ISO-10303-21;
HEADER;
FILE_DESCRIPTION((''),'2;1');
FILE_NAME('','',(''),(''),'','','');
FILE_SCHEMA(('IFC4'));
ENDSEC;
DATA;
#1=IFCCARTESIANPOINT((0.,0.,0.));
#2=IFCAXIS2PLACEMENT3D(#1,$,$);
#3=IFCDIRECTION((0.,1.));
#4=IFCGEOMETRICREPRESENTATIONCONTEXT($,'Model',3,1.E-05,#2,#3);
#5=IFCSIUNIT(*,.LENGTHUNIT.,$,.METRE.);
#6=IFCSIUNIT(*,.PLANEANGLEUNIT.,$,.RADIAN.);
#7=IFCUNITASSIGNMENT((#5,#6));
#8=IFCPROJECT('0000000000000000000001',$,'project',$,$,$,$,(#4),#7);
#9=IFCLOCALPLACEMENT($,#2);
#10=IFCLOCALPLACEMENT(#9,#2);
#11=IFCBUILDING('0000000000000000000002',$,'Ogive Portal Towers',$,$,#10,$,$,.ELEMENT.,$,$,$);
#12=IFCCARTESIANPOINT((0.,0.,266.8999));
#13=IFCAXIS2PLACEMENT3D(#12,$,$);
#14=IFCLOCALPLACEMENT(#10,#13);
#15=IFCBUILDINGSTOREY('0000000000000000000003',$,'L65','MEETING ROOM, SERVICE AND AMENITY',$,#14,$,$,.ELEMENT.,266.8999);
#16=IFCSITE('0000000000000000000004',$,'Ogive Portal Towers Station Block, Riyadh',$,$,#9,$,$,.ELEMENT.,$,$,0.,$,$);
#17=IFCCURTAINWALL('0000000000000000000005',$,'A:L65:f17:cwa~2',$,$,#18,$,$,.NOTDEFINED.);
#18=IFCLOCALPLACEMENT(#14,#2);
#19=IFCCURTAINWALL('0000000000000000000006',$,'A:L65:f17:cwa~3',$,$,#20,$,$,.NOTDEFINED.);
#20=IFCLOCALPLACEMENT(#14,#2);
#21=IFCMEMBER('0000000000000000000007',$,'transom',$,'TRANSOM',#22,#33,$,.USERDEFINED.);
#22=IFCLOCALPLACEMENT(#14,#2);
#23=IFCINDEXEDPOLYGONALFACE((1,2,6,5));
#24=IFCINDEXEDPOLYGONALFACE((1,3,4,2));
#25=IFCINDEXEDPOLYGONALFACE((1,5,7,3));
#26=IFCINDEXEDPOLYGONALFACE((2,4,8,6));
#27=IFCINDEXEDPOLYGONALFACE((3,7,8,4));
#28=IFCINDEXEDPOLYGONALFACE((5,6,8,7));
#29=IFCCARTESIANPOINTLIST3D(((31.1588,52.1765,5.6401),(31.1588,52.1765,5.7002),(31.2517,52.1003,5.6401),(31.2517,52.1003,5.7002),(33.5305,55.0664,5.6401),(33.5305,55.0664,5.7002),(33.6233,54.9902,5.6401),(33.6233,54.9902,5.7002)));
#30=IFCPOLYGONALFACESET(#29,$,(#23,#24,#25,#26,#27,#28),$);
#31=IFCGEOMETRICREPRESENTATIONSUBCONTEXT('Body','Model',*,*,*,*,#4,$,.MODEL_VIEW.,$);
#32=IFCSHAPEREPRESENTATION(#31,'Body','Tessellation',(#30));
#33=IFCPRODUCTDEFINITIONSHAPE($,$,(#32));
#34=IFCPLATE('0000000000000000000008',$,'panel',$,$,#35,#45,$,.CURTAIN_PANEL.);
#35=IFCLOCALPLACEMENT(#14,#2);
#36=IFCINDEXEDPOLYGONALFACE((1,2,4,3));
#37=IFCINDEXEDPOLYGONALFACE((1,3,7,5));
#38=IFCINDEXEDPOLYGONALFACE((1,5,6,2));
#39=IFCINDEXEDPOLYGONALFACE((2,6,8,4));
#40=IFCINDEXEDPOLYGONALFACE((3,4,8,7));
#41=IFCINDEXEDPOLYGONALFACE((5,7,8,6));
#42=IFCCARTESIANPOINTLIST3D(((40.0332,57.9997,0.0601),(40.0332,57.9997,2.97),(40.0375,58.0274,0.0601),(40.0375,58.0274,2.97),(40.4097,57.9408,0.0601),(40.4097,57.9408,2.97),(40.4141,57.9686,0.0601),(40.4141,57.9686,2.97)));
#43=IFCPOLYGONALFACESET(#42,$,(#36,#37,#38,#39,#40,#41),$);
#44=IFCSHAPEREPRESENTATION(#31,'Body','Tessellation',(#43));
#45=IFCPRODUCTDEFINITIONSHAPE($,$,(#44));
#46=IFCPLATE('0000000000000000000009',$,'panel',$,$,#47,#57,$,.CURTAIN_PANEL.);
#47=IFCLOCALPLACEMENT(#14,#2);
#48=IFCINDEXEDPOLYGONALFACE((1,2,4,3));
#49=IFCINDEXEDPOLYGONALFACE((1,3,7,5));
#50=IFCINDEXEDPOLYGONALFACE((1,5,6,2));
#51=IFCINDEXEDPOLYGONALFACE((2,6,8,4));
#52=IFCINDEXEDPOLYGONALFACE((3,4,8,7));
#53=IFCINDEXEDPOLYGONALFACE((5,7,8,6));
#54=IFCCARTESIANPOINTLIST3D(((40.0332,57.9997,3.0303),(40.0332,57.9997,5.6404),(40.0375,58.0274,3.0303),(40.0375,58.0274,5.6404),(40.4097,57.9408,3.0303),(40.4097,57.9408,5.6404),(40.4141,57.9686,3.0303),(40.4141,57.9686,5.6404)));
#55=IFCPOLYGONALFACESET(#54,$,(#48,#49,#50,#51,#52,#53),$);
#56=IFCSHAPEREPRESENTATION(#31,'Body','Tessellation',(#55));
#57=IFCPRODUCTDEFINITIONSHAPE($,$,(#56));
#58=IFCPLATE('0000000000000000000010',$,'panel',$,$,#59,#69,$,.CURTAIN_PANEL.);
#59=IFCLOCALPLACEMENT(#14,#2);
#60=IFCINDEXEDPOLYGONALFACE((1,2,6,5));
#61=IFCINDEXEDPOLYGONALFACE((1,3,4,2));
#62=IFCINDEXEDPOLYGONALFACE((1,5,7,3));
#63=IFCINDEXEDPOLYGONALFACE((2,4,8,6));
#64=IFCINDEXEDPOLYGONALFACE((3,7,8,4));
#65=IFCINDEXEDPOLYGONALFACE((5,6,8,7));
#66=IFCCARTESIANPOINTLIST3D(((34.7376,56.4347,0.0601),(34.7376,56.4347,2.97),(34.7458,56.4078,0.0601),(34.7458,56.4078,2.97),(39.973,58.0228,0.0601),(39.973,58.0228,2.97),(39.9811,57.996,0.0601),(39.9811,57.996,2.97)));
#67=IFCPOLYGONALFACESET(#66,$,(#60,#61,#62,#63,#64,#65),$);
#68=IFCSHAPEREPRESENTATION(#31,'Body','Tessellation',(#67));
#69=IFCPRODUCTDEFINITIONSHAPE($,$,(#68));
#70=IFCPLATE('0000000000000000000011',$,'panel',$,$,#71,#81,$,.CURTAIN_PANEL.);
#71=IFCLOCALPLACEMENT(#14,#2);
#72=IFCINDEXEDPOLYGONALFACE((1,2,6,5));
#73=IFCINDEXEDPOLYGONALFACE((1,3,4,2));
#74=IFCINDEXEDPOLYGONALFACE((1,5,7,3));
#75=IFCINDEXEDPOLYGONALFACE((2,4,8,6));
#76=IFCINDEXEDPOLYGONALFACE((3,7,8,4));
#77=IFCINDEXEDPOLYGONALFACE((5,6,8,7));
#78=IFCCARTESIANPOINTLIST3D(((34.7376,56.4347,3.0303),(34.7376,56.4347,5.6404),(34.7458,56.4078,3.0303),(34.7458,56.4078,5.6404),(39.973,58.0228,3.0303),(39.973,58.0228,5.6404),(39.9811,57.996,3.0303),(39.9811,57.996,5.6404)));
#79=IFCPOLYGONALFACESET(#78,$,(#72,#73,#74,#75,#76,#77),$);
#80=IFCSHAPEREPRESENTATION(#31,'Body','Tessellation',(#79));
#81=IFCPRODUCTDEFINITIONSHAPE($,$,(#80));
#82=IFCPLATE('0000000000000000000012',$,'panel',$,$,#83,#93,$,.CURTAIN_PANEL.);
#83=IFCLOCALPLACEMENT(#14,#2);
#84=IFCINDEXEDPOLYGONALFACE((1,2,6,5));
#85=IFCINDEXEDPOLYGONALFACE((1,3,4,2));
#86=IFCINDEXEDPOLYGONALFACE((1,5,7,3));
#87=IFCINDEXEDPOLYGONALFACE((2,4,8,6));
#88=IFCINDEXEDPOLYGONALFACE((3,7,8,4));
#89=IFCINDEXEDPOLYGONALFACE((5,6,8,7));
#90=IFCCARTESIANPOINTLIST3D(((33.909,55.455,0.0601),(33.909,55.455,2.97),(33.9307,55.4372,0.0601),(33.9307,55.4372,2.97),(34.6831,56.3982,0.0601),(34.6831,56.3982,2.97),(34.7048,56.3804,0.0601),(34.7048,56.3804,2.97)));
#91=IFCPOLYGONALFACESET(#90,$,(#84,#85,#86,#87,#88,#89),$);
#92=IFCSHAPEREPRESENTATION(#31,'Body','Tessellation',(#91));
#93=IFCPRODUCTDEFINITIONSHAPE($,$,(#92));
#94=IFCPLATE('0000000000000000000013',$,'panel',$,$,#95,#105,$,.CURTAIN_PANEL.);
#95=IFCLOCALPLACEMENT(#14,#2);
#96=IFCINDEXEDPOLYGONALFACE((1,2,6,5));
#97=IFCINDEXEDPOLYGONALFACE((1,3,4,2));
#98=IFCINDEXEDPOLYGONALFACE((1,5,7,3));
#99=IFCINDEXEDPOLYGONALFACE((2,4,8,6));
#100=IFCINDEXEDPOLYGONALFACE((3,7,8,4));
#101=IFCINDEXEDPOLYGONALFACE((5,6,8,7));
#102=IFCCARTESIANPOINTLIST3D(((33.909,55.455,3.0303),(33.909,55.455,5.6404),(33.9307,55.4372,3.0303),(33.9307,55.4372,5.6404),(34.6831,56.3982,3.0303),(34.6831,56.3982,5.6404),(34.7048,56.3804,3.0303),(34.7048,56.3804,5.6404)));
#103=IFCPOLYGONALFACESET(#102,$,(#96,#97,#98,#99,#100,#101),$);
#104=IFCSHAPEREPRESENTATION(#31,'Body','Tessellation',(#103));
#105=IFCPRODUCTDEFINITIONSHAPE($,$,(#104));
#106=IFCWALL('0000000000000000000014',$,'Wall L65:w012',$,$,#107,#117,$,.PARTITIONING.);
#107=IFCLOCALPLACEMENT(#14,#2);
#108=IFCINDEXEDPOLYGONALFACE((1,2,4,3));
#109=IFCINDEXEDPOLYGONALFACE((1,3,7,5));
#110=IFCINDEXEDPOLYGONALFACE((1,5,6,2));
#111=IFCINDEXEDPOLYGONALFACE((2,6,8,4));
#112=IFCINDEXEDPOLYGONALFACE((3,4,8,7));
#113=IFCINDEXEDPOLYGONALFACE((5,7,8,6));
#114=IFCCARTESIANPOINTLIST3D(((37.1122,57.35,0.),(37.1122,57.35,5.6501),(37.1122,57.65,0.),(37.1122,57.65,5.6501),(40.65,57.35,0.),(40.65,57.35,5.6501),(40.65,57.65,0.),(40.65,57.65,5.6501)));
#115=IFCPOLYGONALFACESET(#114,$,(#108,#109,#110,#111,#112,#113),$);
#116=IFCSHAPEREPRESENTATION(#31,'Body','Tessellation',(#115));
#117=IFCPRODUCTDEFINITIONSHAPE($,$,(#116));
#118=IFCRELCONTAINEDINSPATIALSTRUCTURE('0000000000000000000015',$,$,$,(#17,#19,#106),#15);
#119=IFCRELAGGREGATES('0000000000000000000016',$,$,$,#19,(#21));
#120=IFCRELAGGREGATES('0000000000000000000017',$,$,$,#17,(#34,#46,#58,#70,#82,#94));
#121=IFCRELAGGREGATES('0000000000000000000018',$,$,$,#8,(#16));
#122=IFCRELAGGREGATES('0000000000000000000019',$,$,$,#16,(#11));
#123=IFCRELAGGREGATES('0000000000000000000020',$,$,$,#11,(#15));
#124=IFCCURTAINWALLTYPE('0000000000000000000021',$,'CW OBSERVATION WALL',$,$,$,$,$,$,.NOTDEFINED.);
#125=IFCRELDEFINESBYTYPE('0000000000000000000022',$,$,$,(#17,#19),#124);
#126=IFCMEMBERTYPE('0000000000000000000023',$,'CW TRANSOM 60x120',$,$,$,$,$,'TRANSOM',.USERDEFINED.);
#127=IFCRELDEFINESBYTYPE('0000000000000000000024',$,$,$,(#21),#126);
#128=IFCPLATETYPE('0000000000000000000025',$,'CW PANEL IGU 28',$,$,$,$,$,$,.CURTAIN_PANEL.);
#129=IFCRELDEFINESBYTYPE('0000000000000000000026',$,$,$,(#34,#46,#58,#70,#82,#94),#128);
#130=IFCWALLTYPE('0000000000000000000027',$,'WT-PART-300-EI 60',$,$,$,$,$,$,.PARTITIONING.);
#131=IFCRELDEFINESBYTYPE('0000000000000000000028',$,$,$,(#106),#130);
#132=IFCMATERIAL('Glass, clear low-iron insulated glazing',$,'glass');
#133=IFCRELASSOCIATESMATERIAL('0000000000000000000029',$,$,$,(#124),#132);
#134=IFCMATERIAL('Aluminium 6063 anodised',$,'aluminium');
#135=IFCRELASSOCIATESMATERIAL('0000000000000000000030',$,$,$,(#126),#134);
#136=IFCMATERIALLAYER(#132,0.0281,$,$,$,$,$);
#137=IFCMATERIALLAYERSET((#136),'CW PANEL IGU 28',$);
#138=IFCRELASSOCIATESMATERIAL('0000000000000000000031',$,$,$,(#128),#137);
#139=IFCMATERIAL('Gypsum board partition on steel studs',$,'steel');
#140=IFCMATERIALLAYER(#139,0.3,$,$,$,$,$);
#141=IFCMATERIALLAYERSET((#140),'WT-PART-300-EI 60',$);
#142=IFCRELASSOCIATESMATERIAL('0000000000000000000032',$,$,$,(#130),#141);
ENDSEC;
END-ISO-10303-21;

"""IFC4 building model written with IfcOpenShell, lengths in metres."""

from ifc_helpers import new_model, si_unit, direction, frame, frame_2d, origin, origin_2d, place, context, subcontext, project, spatial, rectangle, extrude, material, layer, layer_set, material_profile, profile_set, type_object, element, aggregate, save


model = new_model("IFC4")

# Units and contexts
model_context = context("Model", 3, precision=1e-05, world=origin(), true_north=direction((0.0, 1.0)))
body_context = subcontext(model_context, "Body", "Model", "MODEL_VIEW")
ifc_project = project(units=[si_unit("LENGTHUNIT", "METRE"), si_unit("PLANEANGLEUNIT", "RADIAN")], contexts=[model_context])

# Site, building, storey
site_placement = place(None, origin())
site = spatial("IfcSite", under=ifc_project, at=site_placement, Name="Ogive Portal Towers Station Block, Riyadh", CompositionType="ELEMENT", RefElevation=0.0)
building_placement = place(site_placement, origin())
building = spatial("IfcBuilding", under=site, at=building_placement, Name="Ogive Portal Towers", CompositionType="ELEMENT")
storey_placement = place(building_placement, frame((0.0, 0.0, 266.8999)))
storey = spatial("IfcBuildingStorey", under=building, at=storey_placement, Name="L65", Description="MEETING ROOM, SERVICE AND AMENITY", CompositionType="ELEMENT", Elevation=266.8999)

# Curtain wall
ifc_material_1 = material(Name="Glass, clear low-iron insulated glazing", Category="glass")
curtain_wall_type = type_object("IfcCurtainWallType", Name="CW OBSERVATION WALL", PredefinedType="NOTDEFINED", material=ifc_material_1)
curtain_wall_1_placement = place(storey_placement, origin())
curtain_wall_1 = element("IfcCurtainWall", 1, at=curtain_wall_1_placement, inside=storey, type_object=curtain_wall_type, Name="A:L65:f17:cwa~2", PredefinedType="NOTDEFINED")
ifc_material_2 = material(Name="Aluminium 6063 anodised", Category="aluminium")

# Curtain wall
curtain_wall_2_placement = place(storey_placement, origin())
curtain_wall_2 = element("IfcCurtainWall", 2, at=curtain_wall_2_placement, inside=storey, type_object=curtain_wall_type, Name="A:L65:f17:cwa~3", PredefinedType="NOTDEFINED")

# Member
ifc_material_profile_1 = material_profile(ifc_material_2, rectangle(XDim=0.1201, YDim=0.0601, at=origin_2d()), Name="AL 120x60")
ifc_profile_set_1 = profile_set([ifc_material_profile_1], Name="Aluminium 6063 anodised")
member_type_1 = type_object("IfcMemberType", Name="CW TRANSOM 60x120", ElementType="TRANSOM", PredefinedType="USERDEFINED", material=ifc_profile_set_1)
member_1_placement = place(storey_placement, frame((33.5769, 55.0283, 5.6702), z_axis=(-0.634379, -0.773022, 0.0), x_axis=(0.773022, -0.634379, 0.0)))
member_1 = element("IfcMember", 3, at=member_1_placement, type_object=member_type_1, Name="transom", ObjectType="TRANSOM", PredefinedType="USERDEFINED", context=body_context, shape_type="SweptSolid", body=[
    extrude(rectangle(XDim=0.1201, YDim=0.0601, at=origin_2d()), origin(), (0.0, 0.0, 1.0), 3.7385),
])
aggregate(curtain_wall_2, [member_1])

# Plates
ifc_layer_1 = layer(ifc_material_1, 0.0281)
ifc_layer_set_1 = layer_set([ifc_layer_1], Name="CW PANEL IGU 28")
plate_type = type_object("IfcPlateType", Name="CW PANEL IGU 28", PredefinedType="CURTAIN_PANEL", material=ifc_layer_set_1)
plate_1_placement = place(storey_placement, frame((40.2236, 57.9841, 0.0601), z_axis=(0.0, 0.0, 1.0), x_axis=(-0.987997, 0.154476, 0.0)))
plate_1 = element("IfcPlate", 4, at=plate_1_placement, type_object=plate_type, Name="panel", PredefinedType="CURTAIN_PANEL", context=body_context, shape_type="SweptSolid", body=[
    extrude(rectangle(XDim=0.3811, YDim=0.0281, at=origin_2d()), origin(), (0.0, 0.0, 1.0), 2.9099),
])
plate_2_placement = place(storey_placement, frame((40.2236, 57.9841, 3.0303), z_axis=(0.0, 0.0, 1.0), x_axis=(-0.987997, 0.154476, 0.0)))
plate_2 = element("IfcPlate", 5, at=plate_2_placement, type_object=plate_type, Name="panel", PredefinedType="CURTAIN_PANEL", context=body_context, shape_type="SweptSolid", body=[
    extrude(rectangle(XDim=0.3811, YDim=0.0281, at=origin_2d()), origin(), (0.0, 0.0, 1.0), 2.6101),
])
plate_3_placement = place(storey_placement, frame((37.3594, 57.2153, 0.0601), z_axis=(0.0, 0.0, 1.0), x_axis=(-0.95694, -0.290285, 0.0)))
plate_3 = element("IfcPlate", 6, at=plate_3_placement, type_object=plate_type, Name="panel", PredefinedType="CURTAIN_PANEL", context=body_context, shape_type="SweptSolid", body=[
    extrude(rectangle(XDim=5.4709, YDim=0.0281, at=origin_2d()), origin(), (0.0, 0.0, 1.0), 2.9099),
])
plate_4_placement = place(storey_placement, frame((37.3594, 57.2153, 3.0303), z_axis=(0.0, 0.0, 1.0), x_axis=(-0.95694, -0.290285, 0.0)))
plate_4 = element("IfcPlate", 7, at=plate_4_placement, type_object=plate_type, Name="panel", PredefinedType="CURTAIN_PANEL", context=body_context, shape_type="SweptSolid", body=[
    extrude(rectangle(XDim=5.4709, YDim=0.0281, at=origin_2d()), origin(), (0.0, 0.0, 1.0), 2.6101),
])
plate_5_placement = place(storey_placement, frame((34.3069, 55.9177, 0.0601), z_axis=(0.0, 0.0, 1.0), x_axis=(-0.634393, -0.77301, 0.0)))
plate_5 = element("IfcPlate", 8, at=plate_5_placement, type_object=plate_type, Name="panel", PredefinedType="CURTAIN_PANEL", context=body_context, shape_type="SweptSolid", body=[
    extrude(rectangle(XDim=1.2202, YDim=0.0281, at=origin_2d()), origin(), (0.0, 0.0, 1.0), 2.9099),
])
plate_6_placement = place(storey_placement, frame((34.3069, 55.9177, 3.0303), z_axis=(0.0, 0.0, 1.0), x_axis=(-0.634393, -0.77301, 0.0)))
plate_6 = element("IfcPlate", 9, at=plate_6_placement, type_object=plate_type, Name="panel", PredefinedType="CURTAIN_PANEL", context=body_context, shape_type="SweptSolid", body=[
    extrude(rectangle(XDim=1.2202, YDim=0.0281, at=origin_2d()), origin(), (0.0, 0.0, 1.0), 2.6101),
])
aggregate(curtain_wall_1, [plate_1, plate_2, plate_3, plate_4, plate_5, plate_6])

# Wall
ifc_material_3 = material(Name="Gypsum board partition on steel studs", Category="steel")
ifc_layer_2 = layer(ifc_material_3, 0.3)
ifc_layer_set_2 = layer_set([ifc_layer_2], Name="WT-PART-300-EI 60")
wall_type = type_object("IfcWallType", Name="WT-PART-300-EI 60", PredefinedType="PARTITIONING", material=ifc_layer_set_2)
wall_placement = place(storey_placement, frame((37.1121, 57.5, 0.0), z_axis=(0.0, 0.0, 1.0), x_axis=(1.0, 0.0, 0.0)))
element("IfcWall", 10, at=wall_placement, inside=storey, type_object=wall_type, Name="Wall L65:w012", PredefinedType="PARTITIONING", context=body_context, shape_type="SweptSolid", body=[
    extrude(rectangle(XDim=3.5378, YDim=0.3, at=frame_2d((1.769, 0.0))), origin(), (0.0, 0.0, 1.0), 5.6501),
])

save(model, "model.ifc")
